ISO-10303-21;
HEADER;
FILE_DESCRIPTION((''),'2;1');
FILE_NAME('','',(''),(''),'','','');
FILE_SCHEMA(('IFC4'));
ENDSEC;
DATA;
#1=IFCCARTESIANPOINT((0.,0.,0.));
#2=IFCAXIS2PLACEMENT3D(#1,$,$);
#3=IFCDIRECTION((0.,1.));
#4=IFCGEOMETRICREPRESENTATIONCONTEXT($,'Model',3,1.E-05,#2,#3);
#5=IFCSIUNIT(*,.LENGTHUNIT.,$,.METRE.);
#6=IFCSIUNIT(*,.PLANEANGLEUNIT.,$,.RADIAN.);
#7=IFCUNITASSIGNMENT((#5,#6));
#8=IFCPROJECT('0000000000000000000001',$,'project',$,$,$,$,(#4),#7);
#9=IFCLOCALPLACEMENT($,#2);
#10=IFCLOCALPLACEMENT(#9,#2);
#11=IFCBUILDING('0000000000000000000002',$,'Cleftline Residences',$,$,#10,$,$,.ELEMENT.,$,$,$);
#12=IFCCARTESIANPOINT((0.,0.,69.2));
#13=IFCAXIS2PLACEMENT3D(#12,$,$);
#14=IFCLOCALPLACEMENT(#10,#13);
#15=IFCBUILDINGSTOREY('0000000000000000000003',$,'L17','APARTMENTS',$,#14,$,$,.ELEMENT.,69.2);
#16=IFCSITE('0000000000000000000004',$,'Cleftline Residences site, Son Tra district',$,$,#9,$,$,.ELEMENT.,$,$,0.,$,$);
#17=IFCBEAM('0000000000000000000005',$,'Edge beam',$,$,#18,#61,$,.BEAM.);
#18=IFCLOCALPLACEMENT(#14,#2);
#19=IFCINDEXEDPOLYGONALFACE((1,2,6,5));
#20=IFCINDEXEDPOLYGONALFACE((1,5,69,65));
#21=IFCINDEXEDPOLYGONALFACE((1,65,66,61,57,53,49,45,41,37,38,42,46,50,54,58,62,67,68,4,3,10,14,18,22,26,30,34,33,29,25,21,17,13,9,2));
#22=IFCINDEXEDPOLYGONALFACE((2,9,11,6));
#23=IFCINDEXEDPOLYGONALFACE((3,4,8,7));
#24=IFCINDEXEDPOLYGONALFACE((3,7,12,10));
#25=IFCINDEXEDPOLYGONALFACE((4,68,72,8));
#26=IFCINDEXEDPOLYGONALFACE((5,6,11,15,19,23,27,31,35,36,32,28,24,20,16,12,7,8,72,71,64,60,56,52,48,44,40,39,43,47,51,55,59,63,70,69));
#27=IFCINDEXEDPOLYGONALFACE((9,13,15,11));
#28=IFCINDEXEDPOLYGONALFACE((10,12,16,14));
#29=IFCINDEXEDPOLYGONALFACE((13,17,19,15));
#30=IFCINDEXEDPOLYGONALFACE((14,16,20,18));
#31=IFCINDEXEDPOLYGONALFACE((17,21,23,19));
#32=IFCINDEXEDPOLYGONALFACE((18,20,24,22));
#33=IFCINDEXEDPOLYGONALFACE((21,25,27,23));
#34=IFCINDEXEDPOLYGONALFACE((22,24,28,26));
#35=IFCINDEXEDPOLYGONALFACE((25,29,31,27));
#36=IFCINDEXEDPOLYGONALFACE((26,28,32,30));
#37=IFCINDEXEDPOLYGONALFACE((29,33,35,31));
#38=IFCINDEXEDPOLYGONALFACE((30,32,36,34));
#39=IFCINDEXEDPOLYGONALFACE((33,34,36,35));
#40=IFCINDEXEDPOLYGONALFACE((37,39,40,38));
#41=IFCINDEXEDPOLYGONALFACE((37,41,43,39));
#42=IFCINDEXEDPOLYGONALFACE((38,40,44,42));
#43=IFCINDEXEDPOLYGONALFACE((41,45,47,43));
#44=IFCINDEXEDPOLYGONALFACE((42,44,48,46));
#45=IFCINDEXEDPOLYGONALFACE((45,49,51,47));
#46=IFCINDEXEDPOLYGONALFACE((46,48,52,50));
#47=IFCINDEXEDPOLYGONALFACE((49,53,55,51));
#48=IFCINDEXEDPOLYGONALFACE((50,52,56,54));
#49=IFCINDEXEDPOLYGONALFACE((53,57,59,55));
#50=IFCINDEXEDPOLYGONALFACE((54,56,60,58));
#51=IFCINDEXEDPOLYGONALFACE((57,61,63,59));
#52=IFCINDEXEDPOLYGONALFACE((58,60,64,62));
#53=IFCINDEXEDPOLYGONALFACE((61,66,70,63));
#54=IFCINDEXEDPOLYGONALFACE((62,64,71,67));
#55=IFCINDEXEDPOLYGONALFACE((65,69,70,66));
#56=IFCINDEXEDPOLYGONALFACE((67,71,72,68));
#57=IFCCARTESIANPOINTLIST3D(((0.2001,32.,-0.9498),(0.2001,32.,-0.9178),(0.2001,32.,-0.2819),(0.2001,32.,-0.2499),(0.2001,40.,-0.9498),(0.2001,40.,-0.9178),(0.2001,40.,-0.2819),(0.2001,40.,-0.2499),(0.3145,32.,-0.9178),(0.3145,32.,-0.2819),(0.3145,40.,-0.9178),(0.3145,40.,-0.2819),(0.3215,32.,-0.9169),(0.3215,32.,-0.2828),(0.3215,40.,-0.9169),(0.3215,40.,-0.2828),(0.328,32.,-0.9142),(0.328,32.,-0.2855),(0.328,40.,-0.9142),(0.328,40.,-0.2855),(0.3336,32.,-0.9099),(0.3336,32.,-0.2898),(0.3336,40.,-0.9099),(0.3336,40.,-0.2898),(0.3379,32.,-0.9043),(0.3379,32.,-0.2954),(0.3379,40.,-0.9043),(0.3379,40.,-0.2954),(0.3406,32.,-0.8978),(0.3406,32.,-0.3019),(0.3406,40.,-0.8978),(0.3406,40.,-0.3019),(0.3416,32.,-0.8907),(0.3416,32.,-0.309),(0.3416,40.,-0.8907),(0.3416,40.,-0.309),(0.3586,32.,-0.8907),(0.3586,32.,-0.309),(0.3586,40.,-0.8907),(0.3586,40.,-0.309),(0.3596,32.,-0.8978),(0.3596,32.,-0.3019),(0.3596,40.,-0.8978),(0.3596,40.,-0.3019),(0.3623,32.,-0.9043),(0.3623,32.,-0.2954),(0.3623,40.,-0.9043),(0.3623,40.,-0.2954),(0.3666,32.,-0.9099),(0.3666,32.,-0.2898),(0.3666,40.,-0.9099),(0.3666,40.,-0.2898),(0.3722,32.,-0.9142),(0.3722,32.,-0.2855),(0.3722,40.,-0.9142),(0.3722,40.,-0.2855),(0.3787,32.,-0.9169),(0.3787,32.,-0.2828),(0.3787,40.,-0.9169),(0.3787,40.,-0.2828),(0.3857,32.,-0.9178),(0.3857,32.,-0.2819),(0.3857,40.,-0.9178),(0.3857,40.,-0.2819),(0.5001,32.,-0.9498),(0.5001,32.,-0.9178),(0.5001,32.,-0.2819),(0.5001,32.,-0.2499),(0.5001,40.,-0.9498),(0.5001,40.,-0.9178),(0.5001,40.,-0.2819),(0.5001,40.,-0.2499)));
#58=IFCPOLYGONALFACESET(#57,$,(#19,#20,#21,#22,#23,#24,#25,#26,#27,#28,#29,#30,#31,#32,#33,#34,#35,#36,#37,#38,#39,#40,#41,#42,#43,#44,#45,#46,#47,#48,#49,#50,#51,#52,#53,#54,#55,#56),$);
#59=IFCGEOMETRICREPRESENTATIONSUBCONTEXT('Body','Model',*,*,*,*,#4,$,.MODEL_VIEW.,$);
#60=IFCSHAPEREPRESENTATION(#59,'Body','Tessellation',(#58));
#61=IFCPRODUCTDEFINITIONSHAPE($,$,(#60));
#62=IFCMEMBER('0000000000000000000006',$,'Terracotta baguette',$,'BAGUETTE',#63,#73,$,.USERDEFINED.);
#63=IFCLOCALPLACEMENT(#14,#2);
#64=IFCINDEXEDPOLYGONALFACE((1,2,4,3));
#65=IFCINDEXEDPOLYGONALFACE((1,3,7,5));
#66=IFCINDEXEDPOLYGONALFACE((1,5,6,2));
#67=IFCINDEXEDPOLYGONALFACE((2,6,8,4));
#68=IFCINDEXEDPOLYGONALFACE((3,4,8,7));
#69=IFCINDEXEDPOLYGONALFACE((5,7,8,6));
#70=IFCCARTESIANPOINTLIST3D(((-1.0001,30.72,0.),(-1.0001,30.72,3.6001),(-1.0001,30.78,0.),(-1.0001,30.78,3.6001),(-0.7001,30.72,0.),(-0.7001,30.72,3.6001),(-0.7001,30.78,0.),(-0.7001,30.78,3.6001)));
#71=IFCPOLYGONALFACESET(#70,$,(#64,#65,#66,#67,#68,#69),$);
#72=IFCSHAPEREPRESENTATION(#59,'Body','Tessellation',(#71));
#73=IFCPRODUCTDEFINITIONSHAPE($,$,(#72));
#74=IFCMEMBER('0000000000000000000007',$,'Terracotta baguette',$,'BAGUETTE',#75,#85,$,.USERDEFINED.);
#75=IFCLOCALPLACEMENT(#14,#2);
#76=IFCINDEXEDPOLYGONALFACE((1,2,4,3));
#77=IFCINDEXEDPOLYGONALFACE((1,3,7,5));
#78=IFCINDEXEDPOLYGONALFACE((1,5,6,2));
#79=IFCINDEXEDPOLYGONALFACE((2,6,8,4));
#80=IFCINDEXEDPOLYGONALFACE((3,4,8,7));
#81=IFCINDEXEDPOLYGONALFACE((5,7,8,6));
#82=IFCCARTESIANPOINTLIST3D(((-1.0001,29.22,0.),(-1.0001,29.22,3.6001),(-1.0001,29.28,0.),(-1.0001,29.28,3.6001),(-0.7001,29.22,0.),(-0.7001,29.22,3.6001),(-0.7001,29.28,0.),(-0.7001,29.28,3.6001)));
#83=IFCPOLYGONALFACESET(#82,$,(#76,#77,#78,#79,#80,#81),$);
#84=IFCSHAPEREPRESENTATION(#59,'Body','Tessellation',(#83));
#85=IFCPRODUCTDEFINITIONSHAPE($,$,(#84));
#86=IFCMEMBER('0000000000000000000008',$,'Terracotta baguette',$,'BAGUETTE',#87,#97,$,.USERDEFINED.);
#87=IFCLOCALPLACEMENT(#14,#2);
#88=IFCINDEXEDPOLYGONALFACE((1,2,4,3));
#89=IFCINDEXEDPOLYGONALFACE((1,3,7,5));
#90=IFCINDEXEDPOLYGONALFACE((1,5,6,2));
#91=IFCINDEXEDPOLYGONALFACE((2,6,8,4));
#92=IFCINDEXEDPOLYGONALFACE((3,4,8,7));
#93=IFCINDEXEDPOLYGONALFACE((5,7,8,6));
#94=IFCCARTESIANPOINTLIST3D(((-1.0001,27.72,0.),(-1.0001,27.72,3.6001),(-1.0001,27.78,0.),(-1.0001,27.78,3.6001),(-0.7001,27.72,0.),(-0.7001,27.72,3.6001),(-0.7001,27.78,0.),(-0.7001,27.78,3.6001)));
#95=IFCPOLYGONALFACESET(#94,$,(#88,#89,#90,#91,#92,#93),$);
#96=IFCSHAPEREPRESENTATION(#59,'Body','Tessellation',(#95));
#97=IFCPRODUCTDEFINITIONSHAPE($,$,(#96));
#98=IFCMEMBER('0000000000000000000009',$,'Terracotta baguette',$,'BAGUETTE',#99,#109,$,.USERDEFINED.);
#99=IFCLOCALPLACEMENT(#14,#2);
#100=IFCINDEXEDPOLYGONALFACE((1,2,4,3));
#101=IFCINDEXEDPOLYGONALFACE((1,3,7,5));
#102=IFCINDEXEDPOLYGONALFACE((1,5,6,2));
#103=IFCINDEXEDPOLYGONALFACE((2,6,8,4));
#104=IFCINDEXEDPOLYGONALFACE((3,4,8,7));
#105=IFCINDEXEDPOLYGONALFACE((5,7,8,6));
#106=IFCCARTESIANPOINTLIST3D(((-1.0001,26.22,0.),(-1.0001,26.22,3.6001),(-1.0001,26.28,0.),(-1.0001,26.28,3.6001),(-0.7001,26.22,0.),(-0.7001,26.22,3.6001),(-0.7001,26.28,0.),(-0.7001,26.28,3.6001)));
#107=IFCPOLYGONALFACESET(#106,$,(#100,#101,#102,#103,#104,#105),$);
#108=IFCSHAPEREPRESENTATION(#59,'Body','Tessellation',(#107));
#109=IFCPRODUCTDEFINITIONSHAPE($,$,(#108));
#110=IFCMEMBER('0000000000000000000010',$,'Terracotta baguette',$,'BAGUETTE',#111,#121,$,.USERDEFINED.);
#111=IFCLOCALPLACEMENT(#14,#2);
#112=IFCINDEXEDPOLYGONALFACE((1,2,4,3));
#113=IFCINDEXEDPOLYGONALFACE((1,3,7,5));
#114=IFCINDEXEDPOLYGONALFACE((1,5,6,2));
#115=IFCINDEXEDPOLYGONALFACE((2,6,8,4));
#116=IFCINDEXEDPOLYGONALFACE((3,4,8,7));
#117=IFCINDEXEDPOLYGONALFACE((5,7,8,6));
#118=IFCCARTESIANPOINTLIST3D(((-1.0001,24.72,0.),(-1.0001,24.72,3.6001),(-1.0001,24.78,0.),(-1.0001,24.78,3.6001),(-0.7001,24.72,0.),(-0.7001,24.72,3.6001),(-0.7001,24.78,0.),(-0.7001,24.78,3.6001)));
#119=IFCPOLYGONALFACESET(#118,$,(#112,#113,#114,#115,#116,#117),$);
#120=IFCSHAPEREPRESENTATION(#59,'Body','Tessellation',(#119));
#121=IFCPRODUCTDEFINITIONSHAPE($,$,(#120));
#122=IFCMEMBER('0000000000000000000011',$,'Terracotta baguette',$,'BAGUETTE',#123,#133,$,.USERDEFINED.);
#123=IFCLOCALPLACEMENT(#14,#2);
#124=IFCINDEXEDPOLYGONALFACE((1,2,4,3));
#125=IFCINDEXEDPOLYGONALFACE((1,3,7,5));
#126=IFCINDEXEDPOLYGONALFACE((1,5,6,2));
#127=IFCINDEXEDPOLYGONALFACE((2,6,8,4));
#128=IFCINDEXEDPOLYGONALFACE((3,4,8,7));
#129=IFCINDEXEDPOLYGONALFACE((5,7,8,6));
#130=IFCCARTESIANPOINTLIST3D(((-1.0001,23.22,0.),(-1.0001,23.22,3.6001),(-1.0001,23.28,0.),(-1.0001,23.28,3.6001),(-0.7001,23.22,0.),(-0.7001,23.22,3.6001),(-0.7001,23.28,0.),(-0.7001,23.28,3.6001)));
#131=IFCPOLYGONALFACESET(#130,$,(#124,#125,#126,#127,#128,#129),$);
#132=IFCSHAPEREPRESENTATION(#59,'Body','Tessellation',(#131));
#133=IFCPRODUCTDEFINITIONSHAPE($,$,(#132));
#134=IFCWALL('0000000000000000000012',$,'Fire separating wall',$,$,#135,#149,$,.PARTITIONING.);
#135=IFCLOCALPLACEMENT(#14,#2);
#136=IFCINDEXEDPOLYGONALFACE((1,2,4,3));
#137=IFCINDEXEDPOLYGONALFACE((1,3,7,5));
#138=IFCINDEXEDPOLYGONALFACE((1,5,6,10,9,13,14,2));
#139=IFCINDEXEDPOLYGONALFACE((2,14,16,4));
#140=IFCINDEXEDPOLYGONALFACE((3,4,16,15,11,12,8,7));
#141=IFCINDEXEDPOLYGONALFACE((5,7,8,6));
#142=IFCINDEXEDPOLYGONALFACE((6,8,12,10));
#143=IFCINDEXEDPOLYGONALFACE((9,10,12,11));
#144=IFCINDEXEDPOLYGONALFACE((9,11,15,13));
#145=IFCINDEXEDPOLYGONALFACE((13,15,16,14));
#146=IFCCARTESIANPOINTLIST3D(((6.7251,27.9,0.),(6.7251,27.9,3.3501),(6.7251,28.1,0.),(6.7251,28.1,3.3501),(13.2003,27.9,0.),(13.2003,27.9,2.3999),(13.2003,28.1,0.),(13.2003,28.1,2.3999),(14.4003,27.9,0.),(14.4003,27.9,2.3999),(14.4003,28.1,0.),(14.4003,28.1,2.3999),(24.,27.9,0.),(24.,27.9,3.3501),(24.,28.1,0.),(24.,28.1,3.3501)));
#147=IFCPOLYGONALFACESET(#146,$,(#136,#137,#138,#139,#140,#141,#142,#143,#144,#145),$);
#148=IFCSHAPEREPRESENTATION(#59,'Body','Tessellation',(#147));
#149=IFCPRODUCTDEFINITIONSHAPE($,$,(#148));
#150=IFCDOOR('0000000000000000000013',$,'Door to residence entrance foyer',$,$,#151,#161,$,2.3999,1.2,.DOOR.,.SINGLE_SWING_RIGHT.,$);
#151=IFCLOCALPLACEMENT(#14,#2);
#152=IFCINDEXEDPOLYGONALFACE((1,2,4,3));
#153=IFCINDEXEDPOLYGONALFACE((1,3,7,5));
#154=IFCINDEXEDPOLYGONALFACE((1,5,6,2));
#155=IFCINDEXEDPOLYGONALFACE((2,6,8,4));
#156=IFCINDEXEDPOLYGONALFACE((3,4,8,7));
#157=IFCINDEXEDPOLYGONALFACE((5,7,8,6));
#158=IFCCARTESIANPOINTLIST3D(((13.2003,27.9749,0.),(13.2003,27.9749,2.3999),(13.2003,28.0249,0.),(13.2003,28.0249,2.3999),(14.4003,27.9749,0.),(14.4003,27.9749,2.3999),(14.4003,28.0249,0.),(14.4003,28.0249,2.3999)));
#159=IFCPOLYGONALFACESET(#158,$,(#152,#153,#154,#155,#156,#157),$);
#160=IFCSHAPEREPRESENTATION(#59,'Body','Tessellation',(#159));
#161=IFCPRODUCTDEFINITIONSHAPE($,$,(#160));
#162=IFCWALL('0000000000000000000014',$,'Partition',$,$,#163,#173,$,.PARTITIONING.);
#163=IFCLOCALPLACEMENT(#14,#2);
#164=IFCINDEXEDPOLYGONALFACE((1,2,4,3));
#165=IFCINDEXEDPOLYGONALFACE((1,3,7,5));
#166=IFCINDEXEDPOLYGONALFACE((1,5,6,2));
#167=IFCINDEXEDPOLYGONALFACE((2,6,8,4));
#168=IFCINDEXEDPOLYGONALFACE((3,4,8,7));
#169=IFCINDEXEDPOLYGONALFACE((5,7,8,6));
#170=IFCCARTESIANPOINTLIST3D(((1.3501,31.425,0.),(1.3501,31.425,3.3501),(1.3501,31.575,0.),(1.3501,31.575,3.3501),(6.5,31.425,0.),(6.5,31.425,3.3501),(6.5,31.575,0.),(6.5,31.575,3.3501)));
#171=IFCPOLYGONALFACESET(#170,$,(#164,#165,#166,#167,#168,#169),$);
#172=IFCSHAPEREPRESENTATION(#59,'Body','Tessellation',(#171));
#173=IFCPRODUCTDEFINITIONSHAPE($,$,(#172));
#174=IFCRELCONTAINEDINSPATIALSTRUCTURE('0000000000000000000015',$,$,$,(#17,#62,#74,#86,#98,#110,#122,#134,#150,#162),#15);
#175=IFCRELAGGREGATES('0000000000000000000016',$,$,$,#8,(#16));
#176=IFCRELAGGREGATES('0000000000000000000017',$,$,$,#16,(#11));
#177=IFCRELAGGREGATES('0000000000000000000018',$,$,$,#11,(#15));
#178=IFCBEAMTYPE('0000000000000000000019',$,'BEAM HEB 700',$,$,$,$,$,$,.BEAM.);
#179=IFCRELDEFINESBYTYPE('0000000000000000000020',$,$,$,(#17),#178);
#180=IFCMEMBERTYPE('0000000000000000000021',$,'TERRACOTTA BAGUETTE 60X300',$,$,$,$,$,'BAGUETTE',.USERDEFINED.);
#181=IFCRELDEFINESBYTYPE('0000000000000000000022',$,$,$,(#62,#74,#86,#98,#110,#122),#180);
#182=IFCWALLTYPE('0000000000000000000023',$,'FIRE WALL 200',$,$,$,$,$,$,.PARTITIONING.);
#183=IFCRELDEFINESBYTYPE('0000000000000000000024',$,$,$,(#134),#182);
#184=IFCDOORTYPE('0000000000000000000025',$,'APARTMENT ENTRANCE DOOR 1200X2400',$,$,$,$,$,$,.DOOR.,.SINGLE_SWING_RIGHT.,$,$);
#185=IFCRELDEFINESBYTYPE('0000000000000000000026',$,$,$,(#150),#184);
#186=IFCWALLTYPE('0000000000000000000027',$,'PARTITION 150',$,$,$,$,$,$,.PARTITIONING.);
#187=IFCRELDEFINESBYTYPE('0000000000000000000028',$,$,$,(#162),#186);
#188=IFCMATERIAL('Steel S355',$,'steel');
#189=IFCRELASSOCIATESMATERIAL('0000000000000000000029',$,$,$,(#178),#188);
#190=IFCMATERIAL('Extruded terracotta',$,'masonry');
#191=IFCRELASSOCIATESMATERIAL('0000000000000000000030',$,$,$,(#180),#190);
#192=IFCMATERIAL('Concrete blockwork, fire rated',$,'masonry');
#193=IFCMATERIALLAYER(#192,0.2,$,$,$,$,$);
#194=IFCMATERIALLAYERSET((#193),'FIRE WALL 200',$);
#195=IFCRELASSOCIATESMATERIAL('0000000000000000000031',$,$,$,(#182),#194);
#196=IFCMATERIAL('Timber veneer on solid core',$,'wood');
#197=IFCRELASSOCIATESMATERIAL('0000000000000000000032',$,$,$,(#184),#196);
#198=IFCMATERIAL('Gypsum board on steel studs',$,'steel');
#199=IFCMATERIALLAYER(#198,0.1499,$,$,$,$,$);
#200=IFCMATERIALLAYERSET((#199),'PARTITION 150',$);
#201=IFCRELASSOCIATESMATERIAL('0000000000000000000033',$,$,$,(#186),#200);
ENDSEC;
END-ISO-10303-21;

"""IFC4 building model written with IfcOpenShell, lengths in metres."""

from ifc_helpers import new_model, si_unit, direction, frame, frame_2d, origin, origin_2d, place, context, subcontext, project, spatial, rectangle, i_section, extrude, material, layer, layer_set, material_profile, profile_set, type_object, element, fill, save


model = new_model("IFC4")

# Units and contexts
model_context = context("Model", 3, precision=1e-05, world=origin(), true_north=direction((0.0, 1.0)))
body_context = subcontext(model_context, "Body", "Model", "MODEL_VIEW")
ifc_project = project(units=[si_unit("LENGTHUNIT", "METRE"), si_unit("PLANEANGLEUNIT", "RADIAN")], contexts=[model_context])

# Site, building, storey
site_placement = place(None, origin())
site = spatial("IfcSite", under=ifc_project, at=site_placement, Name="Cleftline Residences site, Son Tra district", CompositionType="ELEMENT", RefElevation=0.0)
building_placement = place(site_placement, origin())
building = spatial("IfcBuilding", under=site, at=building_placement, Name="Cleftline Residences", CompositionType="ELEMENT")
storey_placement = place(building_placement, frame((0.0, 0.0, 69.2)))
storey = spatial("IfcBuildingStorey", under=building, at=storey_placement, Name="L17", Description="APARTMENTS", CompositionType="ELEMENT", Elevation=69.2)

# Beam
ifc_material_1 = material(Name="Steel S355", Category="steel")
ifc_material_profile_1 = material_profile(ifc_material_1, i_section(OverallWidth=0.3, OverallDepth=0.7, WebThickness=0.0171, FlangeThickness=0.032, FilletRadius=0.0271, at=origin_2d()))
ifc_profile_set_1 = profile_set([ifc_material_profile_1], Name="Steel S355")
beam_type = type_object("IfcBeamType", Name="BEAM HEB 700", PredefinedType="BEAM", material=ifc_profile_set_1)
for number, where, z_axis, x_axis, name in (
    (1, (0.3501, 32.0, -0.5999), (0.0, 1.0, 0.0), (-1.0, 0.0, 0.0), "Edge beam"),
):
    element("IfcBeam", number, at=place(storey_placement, frame(where, z_axis=z_axis, x_axis=x_axis)), inside=storey, type_object=beam_type, Name=name, PredefinedType="BEAM", context=body_context, shape_type="SweptSolid", body=[
        extrude(i_section(OverallWidth=0.3, OverallDepth=0.7, WebThickness=0.0171, FlangeThickness=0.032, FilletRadius=0.0271, at=origin_2d()), origin(), (0.0, 0.0, 1.0), 8.0),
    ])

# Members
ifc_material_2 = material(Name="Extruded terracotta", Category="masonry")
ifc_material_profile_2 = material_profile(ifc_material_2, rectangle(XDim=0.0601, YDim=0.3, at=origin_2d()))
ifc_profile_set_2 = profile_set([ifc_material_profile_2], Name="Extruded terracotta")
member_type_1 = type_object("IfcMemberType", Name="TERRACOTTA BAGUETTE 60X300", ElementType="BAGUETTE", PredefinedType="USERDEFINED", material=ifc_profile_set_2)
for number, where, z_axis, x_axis, name in (
    (2, (-0.8501, 30.75, 0.0), (0.0, 0.0, 1.0), (0.0, 1.0, 0.0), "Terracotta baguette"),
    (3, (-0.8501, 29.25, 0.0), (0.0, 0.0, 1.0), (0.0, 1.0, 0.0), "Terracotta baguette"),
    (4, (-0.8501, 27.75, 0.0), (0.0, 0.0, 1.0), (0.0, 1.0, 0.0), "Terracotta baguette"),
    (5, (-0.8501, 26.25, 0.0), (0.0, 0.0, 1.0), (0.0, 1.0, 0.0), "Terracotta baguette"),
    (6, (-0.8501, 24.75, 0.0), (0.0, 0.0, 1.0), (0.0, 1.0, 0.0), "Terracotta baguette"),
    (7, (-0.8501, 23.25, 0.0), (0.0, 0.0, 1.0), (0.0, 1.0, 0.0), "Terracotta baguette"),
):
    element("IfcMember", number, at=place(storey_placement, frame(where, z_axis=z_axis, x_axis=x_axis)), inside=storey, type_object=member_type_1, Name=name, ObjectType="BAGUETTE", PredefinedType="USERDEFINED", context=body_context, shape_type="SweptSolid", body=[
        extrude(rectangle(XDim=0.0601, YDim=0.3, at=origin_2d()), origin(), (0.0, 0.0, 1.0), 3.6001),
    ])

# Wall, opening, door
ifc_material_3 = material(Name="Concrete blockwork, fire rated", Category="masonry")
ifc_layer_1 = layer(ifc_material_3, 0.2)
ifc_layer_set_1 = layer_set([ifc_layer_1], Name="FIRE WALL 200")
wall_type_1 = type_object("IfcWallType", Name="FIRE WALL 200", PredefinedType="PARTITIONING", material=ifc_layer_set_1)
wall_1_placement = place(storey_placement, frame((6.7251, 28.0, 0.0), z_axis=(0.0, 0.0, 1.0), x_axis=(1.0, 0.0, 0.0)))
wall_1 = element("IfcWall", 8, at=wall_1_placement, inside=storey, type_object=wall_type_1, Name="Fire separating wall", PredefinedType="PARTITIONING", context=body_context, shape_type="SweptSolid", body=[
    extrude(rectangle(XDim=17.2749, YDim=0.2, at=frame_2d((8.6375, 0.0))), origin(), (0.0, 0.0, 1.0), 3.3501),
])
opening_1_placement = place(wall_1_placement, frame((6.4751, 0.0, 0.0)))
opening_1 = element("IfcOpeningElement", 9, at=opening_1_placement, cuts=wall_1, PredefinedType="OPENING", context=body_context, shape_type="SweptSolid", body=[
    extrude(rectangle(XDim=1.2, YDim=2.3999, at=frame_2d((0.6001, 1.2))), frame((0.0, 0.1099, 0.0), z_axis=(0.0, -1.0, 0.0), x_axis=(1.0, 0.0, 0.0)), (0.0, 0.0, 1.0), 0.22),
])
ifc_material_4 = material(Name="Timber veneer on solid core", Category="wood")
door_type_1 = type_object("IfcDoorType", Name="APARTMENT ENTRANCE DOOR 1200X2400", OperationType="SINGLE_SWING_RIGHT", PredefinedType="DOOR", material=ifc_material_4)
door_1_placement = place(opening_1_placement, origin())
door_1 = element("IfcDoor", 10, at=door_1_placement, inside=storey, type_object=door_type_1, Name="Door to residence entrance foyer", OperationType="SINGLE_SWING_RIGHT", OverallHeight=2.3999, OverallWidth=1.2, PredefinedType="DOOR", context=body_context, shape_type="SweptSolid", body=[
    extrude(rectangle(XDim=1.2, YDim=2.3999, at=frame_2d((0.6001, 1.2))), frame((0.0, 0.0249, 0.0), z_axis=(0.0, -1.0, 0.0), x_axis=(1.0, 0.0, 0.0)), (0.0, 0.0, 1.0), 0.05),
])
fill(opening_1, door_1)

# Wall
ifc_material_5 = material(Name="Gypsum board on steel studs", Category="steel")
ifc_layer_2 = layer(ifc_material_5, 0.1499)
ifc_layer_set_2 = layer_set([ifc_layer_2], Name="PARTITION 150")
wall_type_2 = type_object("IfcWallType", Name="PARTITION 150", PredefinedType="PARTITIONING", material=ifc_layer_set_2)
wall_2_placement = place(storey_placement, frame((1.3501, 31.5, 0.0), z_axis=(0.0, 0.0, 1.0), x_axis=(1.0, 0.0, 0.0)))
element("IfcWall", 11, at=wall_2_placement, inside=storey, type_object=wall_type_2, Name="Partition", PredefinedType="PARTITIONING", context=body_context, shape_type="SweptSolid", body=[
    extrude(rectangle(XDim=5.1499, YDim=0.1499, at=frame_2d((2.575, 0.0))), origin(), (0.0, 0.0, 1.0), 3.3501),
])

save(model, "model.ifc")
